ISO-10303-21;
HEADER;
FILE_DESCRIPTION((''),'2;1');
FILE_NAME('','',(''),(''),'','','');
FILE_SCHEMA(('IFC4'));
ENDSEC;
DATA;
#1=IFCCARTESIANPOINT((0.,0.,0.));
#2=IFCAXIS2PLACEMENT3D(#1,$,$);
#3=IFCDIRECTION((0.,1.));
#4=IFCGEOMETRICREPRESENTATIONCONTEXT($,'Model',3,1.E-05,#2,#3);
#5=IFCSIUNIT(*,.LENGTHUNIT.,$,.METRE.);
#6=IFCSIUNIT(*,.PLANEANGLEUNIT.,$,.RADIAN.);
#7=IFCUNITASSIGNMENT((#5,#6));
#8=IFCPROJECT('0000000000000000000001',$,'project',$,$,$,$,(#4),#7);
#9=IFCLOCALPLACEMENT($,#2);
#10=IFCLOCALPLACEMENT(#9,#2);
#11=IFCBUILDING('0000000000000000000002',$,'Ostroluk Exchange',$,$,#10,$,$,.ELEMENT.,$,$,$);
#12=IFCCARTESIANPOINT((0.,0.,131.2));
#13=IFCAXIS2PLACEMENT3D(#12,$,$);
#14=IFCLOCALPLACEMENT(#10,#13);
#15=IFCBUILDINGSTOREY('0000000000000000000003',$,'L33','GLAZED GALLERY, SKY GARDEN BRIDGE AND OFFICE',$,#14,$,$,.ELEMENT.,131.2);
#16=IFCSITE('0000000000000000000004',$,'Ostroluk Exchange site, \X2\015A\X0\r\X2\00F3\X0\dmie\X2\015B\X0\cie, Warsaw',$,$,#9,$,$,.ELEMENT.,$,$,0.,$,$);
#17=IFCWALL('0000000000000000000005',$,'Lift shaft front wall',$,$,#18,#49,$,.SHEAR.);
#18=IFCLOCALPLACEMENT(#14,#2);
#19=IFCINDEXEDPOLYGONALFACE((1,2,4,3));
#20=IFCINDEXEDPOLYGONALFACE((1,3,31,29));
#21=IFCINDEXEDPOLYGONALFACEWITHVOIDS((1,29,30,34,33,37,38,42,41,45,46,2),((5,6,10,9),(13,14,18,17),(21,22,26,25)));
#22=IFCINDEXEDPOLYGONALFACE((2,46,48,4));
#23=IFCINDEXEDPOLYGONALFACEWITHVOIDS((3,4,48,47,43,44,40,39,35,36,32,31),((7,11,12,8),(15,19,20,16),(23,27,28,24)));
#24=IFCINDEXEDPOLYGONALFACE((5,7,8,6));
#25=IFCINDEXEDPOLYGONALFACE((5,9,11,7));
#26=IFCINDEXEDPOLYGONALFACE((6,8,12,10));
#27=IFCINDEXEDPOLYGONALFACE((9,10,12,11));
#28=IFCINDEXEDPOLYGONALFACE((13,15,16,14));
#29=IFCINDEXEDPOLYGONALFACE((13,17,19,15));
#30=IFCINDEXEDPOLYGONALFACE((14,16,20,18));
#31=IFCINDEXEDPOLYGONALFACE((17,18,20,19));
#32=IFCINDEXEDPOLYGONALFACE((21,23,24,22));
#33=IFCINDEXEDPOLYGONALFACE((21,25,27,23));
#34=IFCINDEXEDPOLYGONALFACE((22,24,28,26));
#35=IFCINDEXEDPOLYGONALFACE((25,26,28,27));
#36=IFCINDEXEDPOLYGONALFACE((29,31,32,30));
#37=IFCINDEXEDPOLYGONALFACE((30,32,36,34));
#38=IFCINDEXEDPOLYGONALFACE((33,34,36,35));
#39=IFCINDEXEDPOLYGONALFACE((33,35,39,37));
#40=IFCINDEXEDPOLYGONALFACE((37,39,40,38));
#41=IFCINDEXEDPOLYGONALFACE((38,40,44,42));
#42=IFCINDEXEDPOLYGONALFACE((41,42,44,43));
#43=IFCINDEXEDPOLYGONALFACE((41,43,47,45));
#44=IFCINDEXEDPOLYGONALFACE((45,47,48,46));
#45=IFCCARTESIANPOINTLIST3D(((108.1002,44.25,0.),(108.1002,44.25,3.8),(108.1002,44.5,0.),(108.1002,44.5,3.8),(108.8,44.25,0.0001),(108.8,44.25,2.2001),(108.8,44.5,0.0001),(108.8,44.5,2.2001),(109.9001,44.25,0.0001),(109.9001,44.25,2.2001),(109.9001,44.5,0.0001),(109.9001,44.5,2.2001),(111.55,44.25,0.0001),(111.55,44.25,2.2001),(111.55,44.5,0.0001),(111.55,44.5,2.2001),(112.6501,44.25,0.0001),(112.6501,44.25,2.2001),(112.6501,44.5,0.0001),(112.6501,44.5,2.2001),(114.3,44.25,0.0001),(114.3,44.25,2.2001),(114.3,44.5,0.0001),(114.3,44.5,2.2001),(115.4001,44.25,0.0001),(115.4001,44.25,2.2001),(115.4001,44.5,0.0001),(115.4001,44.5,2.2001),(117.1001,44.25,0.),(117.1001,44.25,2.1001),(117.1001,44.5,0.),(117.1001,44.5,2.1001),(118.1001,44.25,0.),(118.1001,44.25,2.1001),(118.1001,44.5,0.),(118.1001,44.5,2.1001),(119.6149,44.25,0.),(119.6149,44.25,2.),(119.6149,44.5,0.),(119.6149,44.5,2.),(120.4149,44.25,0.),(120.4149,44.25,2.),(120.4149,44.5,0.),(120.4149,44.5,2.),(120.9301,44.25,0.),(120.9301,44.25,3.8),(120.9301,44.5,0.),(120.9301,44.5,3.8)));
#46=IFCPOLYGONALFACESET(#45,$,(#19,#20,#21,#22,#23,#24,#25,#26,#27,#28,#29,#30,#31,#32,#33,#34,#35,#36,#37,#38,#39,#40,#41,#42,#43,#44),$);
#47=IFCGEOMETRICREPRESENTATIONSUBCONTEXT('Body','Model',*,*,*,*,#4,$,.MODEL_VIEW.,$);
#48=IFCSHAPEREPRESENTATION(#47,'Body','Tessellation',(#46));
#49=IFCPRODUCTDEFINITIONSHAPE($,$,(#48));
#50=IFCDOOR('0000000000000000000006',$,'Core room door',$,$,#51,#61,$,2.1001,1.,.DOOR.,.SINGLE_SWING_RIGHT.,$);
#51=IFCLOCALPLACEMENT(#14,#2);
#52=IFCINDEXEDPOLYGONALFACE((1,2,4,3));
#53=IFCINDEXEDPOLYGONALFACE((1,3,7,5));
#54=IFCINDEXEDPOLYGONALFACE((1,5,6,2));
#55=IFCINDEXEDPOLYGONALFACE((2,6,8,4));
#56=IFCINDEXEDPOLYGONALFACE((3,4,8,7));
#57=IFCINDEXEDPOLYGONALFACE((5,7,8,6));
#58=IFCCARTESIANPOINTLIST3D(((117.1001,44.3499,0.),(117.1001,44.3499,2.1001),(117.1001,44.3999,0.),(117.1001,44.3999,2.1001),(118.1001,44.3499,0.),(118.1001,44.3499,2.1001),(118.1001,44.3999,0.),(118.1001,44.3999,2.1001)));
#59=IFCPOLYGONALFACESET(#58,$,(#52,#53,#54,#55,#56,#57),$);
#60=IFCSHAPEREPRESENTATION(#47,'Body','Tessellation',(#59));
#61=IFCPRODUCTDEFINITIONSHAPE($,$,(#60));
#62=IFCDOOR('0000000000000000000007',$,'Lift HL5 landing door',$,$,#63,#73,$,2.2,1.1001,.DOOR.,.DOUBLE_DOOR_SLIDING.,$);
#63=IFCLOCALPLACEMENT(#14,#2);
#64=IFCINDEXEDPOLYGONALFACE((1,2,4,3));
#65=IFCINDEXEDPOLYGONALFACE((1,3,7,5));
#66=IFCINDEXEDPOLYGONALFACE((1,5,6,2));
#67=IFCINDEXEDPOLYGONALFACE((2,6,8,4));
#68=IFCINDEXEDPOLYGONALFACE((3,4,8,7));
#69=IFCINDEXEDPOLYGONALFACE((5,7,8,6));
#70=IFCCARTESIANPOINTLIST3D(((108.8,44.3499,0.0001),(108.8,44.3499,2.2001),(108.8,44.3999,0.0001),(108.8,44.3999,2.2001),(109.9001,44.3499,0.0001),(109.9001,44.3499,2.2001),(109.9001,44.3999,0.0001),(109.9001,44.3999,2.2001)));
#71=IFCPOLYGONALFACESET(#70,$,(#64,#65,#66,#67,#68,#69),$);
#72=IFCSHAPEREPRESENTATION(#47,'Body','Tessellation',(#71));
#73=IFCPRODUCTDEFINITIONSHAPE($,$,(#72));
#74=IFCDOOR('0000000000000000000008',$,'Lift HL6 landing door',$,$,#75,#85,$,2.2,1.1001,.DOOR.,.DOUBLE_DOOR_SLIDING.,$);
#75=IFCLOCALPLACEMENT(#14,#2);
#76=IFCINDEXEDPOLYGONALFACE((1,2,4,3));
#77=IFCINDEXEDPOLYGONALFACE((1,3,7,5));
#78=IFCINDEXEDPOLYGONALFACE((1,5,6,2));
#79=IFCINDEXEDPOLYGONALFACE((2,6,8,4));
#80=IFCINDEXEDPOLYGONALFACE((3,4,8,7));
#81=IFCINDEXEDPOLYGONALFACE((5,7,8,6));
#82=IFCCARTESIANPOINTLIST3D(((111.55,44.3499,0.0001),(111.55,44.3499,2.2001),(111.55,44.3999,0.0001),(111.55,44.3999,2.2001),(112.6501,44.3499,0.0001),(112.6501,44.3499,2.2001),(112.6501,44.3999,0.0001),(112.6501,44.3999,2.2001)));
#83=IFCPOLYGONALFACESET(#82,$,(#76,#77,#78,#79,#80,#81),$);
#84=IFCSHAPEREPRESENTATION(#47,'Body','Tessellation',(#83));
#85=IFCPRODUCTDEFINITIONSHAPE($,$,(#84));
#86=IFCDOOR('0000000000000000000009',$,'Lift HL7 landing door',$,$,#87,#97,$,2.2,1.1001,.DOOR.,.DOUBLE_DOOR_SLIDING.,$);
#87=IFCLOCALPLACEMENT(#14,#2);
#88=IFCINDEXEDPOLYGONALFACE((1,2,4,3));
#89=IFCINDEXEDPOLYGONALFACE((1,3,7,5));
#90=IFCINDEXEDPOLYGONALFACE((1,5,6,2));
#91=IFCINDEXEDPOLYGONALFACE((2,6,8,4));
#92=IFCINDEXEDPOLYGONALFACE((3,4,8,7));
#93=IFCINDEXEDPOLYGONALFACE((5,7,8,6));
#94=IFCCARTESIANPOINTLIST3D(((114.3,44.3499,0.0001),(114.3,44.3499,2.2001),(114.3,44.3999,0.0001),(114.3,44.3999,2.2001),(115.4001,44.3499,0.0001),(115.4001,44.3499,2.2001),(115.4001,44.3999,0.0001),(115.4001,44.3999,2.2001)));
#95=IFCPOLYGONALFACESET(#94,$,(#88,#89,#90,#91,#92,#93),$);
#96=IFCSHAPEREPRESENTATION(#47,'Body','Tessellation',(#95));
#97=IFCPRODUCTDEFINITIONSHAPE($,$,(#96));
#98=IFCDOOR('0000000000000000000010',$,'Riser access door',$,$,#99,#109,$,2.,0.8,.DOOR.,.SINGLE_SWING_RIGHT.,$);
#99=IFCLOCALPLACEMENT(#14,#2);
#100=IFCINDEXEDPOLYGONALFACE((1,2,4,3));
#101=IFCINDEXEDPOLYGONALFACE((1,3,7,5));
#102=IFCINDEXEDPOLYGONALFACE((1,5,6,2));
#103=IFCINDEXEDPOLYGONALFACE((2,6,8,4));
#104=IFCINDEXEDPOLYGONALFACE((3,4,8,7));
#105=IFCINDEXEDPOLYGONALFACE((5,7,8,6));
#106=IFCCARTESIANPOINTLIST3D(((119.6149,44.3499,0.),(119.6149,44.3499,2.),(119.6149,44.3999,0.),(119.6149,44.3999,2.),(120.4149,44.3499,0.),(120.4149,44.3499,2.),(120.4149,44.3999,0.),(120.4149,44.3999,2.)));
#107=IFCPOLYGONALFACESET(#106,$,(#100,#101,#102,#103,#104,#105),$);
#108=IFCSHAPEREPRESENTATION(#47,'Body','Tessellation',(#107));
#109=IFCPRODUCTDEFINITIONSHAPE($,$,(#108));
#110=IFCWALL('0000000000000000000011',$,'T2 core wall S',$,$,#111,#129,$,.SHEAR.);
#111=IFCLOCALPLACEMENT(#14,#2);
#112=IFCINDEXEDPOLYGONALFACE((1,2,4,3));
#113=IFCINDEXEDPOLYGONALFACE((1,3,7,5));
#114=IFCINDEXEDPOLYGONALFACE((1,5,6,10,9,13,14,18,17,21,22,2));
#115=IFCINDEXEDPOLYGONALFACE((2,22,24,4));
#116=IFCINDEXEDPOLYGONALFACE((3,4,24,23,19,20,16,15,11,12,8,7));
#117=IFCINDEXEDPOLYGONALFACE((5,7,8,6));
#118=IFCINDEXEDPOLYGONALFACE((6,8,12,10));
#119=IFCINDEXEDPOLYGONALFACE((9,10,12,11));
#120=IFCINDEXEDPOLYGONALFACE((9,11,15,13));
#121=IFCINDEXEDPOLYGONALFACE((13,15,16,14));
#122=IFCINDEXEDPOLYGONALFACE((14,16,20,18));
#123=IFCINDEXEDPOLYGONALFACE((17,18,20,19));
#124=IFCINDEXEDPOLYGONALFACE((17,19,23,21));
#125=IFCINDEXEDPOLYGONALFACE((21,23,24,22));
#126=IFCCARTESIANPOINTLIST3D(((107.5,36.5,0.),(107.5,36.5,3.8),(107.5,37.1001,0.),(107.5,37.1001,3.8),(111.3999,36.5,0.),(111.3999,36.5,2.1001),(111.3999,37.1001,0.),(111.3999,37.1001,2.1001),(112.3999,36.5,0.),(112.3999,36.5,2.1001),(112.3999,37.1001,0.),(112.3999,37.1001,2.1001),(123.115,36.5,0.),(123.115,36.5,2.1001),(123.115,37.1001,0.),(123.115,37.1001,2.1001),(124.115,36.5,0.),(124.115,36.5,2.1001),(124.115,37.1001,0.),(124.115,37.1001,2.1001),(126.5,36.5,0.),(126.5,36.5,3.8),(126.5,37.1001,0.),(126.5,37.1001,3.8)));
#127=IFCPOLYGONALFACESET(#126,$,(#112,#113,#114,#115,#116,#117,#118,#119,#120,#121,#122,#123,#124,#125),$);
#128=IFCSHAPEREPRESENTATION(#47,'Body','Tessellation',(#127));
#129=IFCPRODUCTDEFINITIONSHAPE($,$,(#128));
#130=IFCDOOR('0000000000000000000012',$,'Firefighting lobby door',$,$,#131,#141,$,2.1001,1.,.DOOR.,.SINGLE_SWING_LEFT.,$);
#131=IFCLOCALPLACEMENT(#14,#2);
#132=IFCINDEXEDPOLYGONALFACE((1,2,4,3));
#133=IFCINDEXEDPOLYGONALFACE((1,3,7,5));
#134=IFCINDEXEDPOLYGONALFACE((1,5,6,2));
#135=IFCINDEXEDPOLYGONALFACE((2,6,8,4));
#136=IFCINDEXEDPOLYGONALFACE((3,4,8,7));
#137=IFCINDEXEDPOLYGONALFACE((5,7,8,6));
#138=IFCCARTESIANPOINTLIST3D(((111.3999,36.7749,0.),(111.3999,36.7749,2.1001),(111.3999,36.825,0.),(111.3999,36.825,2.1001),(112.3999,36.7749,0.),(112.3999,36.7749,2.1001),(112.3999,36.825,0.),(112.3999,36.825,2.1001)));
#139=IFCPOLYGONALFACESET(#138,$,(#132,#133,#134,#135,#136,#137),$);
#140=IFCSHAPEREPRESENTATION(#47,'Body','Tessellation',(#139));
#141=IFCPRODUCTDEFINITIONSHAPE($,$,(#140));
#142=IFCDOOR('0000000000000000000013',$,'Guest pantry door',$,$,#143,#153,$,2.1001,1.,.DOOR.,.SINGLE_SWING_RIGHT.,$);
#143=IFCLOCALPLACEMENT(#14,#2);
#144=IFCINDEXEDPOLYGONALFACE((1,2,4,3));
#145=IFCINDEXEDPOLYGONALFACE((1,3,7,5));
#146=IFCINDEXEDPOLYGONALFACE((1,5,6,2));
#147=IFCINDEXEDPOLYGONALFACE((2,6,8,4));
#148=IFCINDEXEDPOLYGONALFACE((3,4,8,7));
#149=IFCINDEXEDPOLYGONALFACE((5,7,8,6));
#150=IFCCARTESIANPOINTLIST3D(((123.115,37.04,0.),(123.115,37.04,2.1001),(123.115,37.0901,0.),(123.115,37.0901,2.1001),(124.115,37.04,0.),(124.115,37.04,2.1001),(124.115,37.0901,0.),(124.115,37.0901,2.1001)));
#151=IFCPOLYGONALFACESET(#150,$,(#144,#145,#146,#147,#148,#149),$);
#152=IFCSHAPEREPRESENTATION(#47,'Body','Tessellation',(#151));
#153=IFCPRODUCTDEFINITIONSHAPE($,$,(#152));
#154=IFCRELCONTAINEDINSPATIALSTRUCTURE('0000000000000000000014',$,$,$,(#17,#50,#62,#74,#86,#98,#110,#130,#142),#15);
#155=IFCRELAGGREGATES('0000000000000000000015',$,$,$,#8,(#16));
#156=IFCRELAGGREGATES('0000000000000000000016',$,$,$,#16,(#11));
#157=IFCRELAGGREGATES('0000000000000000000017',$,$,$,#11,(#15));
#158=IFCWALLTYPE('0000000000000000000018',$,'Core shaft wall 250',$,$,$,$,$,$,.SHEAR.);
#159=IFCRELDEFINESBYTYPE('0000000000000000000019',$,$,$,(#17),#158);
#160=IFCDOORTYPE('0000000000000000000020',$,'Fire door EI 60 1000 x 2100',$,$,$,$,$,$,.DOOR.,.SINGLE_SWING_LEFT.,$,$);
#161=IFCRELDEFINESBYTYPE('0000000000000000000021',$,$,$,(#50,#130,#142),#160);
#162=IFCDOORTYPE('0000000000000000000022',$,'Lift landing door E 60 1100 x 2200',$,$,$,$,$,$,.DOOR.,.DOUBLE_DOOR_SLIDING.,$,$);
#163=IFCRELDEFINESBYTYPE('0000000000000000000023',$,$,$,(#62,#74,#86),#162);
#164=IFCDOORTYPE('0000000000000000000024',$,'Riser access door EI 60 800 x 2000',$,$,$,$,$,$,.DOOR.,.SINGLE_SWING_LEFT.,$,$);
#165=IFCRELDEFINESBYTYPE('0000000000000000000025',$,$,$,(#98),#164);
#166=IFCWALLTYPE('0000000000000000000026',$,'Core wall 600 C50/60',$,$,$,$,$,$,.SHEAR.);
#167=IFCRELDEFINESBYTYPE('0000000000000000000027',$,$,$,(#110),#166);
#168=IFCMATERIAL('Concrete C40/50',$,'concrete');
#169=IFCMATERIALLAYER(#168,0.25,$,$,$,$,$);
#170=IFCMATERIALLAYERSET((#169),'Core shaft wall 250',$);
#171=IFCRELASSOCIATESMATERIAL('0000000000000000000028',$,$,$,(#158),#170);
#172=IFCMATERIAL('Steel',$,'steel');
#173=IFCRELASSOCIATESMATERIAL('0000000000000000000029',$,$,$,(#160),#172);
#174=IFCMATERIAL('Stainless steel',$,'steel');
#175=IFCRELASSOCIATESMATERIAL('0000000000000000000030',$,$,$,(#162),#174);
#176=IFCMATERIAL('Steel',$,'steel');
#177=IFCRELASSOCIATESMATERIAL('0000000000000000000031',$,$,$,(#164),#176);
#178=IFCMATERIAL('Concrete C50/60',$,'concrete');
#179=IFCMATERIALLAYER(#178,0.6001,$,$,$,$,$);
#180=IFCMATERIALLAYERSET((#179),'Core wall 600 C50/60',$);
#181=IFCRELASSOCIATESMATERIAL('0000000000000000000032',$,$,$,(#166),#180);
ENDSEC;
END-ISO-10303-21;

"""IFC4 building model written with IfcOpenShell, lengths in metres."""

from ifc_helpers import new_model, si_unit, direction, frame, frame_2d, origin, place, context, subcontext, project, spatial, rectangle, extrude, material, layer, layer_set, type_object, element, fill, save


model = new_model("IFC4")

# Units and contexts
model_context = context("Model", 3, precision=1e-05, world=origin(), true_north=direction((0.0, 1.0)))
body_context = subcontext(model_context, "Body", "Model", "MODEL_VIEW")
ifc_project = project(units=[si_unit("LENGTHUNIT", "METRE"), si_unit("PLANEANGLEUNIT", "RADIAN")], contexts=[model_context])

# Site, building, storey
site_placement = place(None, origin())
site = spatial("IfcSite", under=ifc_project, at=site_placement, Name="Ostroluk Exchange site, Śródmieście, Warsaw", CompositionType="ELEMENT", RefElevation=0.0)
building_placement = place(site_placement, origin())
building = spatial("IfcBuilding", under=site, at=building_placement, Name="Ostroluk Exchange", CompositionType="ELEMENT")
storey_placement = place(building_placement, frame((0.0, 0.0, 131.2)))
storey = spatial("IfcBuildingStorey", under=building, at=storey_placement, Name="L33", Description="GLAZED GALLERY, SKY GARDEN BRIDGE AND OFFICE", CompositionType="ELEMENT", Elevation=131.2)

# Shared definitions
ifc_material_1 = material(Name="Concrete C40/50", Category="concrete")
ifc_layer_1 = layer(ifc_material_1, 0.25)
ifc_layer_set_1 = layer_set([ifc_layer_1], Name="Core shaft wall 250")
wall_type_1 = type_object("IfcWallType", Name="Core shaft wall 250", PredefinedType="SHEAR", material=ifc_layer_set_1)

# Walls, openings, doors
wall_1_placement = place(storey_placement, frame((108.1001, 44.375, 0.0), z_axis=(0.0, 0.0, 1.0), x_axis=(1.0, 0.0, 0.0)))
wall_1 = element("IfcWall", 1, at=wall_1_placement, inside=storey, type_object=wall_type_1, Name="Lift shaft front wall", PredefinedType="SHEAR", context=body_context, shape_type="SweptSolid", body=[
    extrude(rectangle(XDim=12.8298, YDim=0.25, at=frame_2d((6.415, 0.0))), origin(), (0.0, 0.0, 1.0), 3.8),
])
opening_1_placement = place(wall_1_placement, frame((0.7, 0.0, 0.0)))
opening_1 = element("IfcOpeningElement", 2, at=opening_1_placement, cuts=wall_1, PredefinedType="OPENING", context=body_context, shape_type="SweptSolid", body=[
    extrude(rectangle(XDim=1.1001, YDim=2.2, at=frame_2d((0.55, 1.1001))), frame((0.0, 0.135, 0.0), z_axis=(0.0, -1.0, 0.0), x_axis=(1.0, 0.0, 0.0)), (0.0, 0.0, 1.0), 0.27),
])
opening_2_placement = place(wall_1_placement, frame((3.45, 0.0, 0.0)))
opening_2 = element("IfcOpeningElement", 3, at=opening_2_placement, cuts=wall_1, PredefinedType="OPENING", context=body_context, shape_type="SweptSolid", body=[
    extrude(rectangle(XDim=1.1001, YDim=2.2, at=frame_2d((0.55, 1.1001))), frame((0.0, 0.135, 0.0), z_axis=(0.0, -1.0, 0.0), x_axis=(1.0, 0.0, 0.0)), (0.0, 0.0, 1.0), 0.27),
])
opening_3_placement = place(wall_1_placement, frame((6.2, 0.0, 0.0)))
opening_3 = element("IfcOpeningElement", 4, at=opening_3_placement, cuts=wall_1, PredefinedType="OPENING", context=body_context, shape_type="SweptSolid", body=[
    extrude(rectangle(XDim=1.1001, YDim=2.2, at=frame_2d((0.55, 1.1001))), frame((0.0, 0.135, 0.0), z_axis=(0.0, -1.0, 0.0), x_axis=(1.0, 0.0, 0.0)), (0.0, 0.0, 1.0), 0.27),
])
opening_4_placement = place(wall_1_placement, frame((9.0, 0.0, 0.0)))
opening_4 = element("IfcOpeningElement", 5, at=opening_4_placement, cuts=wall_1, PredefinedType="OPENING", context=body_context, shape_type="SweptSolid", body=[
    extrude(rectangle(XDim=1.0, YDim=2.1001, at=frame_2d((0.5, 1.05))), frame((0.0, 0.135, 0.0), z_axis=(0.0, -1.0, 0.0), x_axis=(1.0, 0.0, 0.0)), (0.0, 0.0, 1.0), 0.27),
])
opening_5_placement = place(wall_1_placement, frame((11.5149, 0.0, 0.0)))
opening_5 = element("IfcOpeningElement", 6, at=opening_5_placement, cuts=wall_1, PredefinedType="OPENING", context=body_context, shape_type="SweptSolid", body=[
    extrude(rectangle(XDim=0.8, YDim=2.0, at=frame_2d((0.3999, 1.0))), frame((0.0, 0.135, 0.0), z_axis=(0.0, -1.0, 0.0), x_axis=(1.0, 0.0, 0.0)), (0.0, 0.0, 1.0), 0.27),
])
ifc_material_2 = material(Name="Steel", Category="steel")
door_type_1 = type_object("IfcDoorType", Name="Fire door EI 60 1000 x 2100", OperationType="SINGLE_SWING_LEFT", PredefinedType="DOOR", material=ifc_material_2)
door_1_placement = place(opening_4_placement, origin())
door_1 = element("IfcDoor", 7, at=door_1_placement, inside=storey, type_object=door_type_1, Name="Core room door", OperationType="SINGLE_SWING_RIGHT", OverallHeight=2.1001, OverallWidth=1.0, PredefinedType="DOOR", context=body_context, shape_type="SweptSolid", body=[
    extrude(rectangle(XDim=1.0, YDim=2.1001, at=frame_2d((0.5, 1.05))), frame((0.0, 0.0249, 0.0), z_axis=(0.0, -1.0, 0.0), x_axis=(1.0, 0.0, 0.0)), (0.0, 0.0, 1.0), 0.05),
])
fill(opening_4, door_1)
ifc_material_3 = material(Name="Stainless steel", Category="steel")
door_type_2 = type_object("IfcDoorType", Name="Lift landing door E 60 1100 x 2200", OperationType="DOUBLE_DOOR_SLIDING", PredefinedType="DOOR", material=ifc_material_3)
door_2_placement = place(opening_1_placement, origin())
door_2 = element("IfcDoor", 8, at=door_2_placement, inside=storey, type_object=door_type_2, Name="Lift HL5 landing door", OperationType="DOUBLE_DOOR_SLIDING", OverallHeight=2.2, OverallWidth=1.1001, PredefinedType="DOOR", context=body_context, shape_type="SweptSolid", body=[
    extrude(rectangle(XDim=1.1001, YDim=2.2, at=frame_2d((0.55, 1.1001))), frame((0.0, 0.0249, 0.0), z_axis=(0.0, -1.0, 0.0), x_axis=(1.0, 0.0, 0.0)), (0.0, 0.0, 1.0), 0.05),
])
fill(opening_1, door_2)
door_3_placement = place(opening_2_placement, origin())
door_3 = element("IfcDoor", 9, at=door_3_placement, inside=storey, type_object=door_type_2, Name="Lift HL6 landing door", OperationType="DOUBLE_DOOR_SLIDING", OverallHeight=2.2, OverallWidth=1.1001, PredefinedType="DOOR", context=body_context, shape_type="SweptSolid", body=[
    extrude(rectangle(XDim=1.1001, YDim=2.2, at=frame_2d((0.55, 1.1001))), frame((0.0, 0.0249, 0.0), z_axis=(0.0, -1.0, 0.0), x_axis=(1.0, 0.0, 0.0)), (0.0, 0.0, 1.0), 0.05),
])
fill(opening_2, door_3)
door_4_placement = place(opening_3_placement, origin())
door_4 = element("IfcDoor", 10, at=door_4_placement, inside=storey, type_object=door_type_2, Name="Lift HL7 landing door", OperationType="DOUBLE_DOOR_SLIDING", OverallHeight=2.2, OverallWidth=1.1001, PredefinedType="DOOR", context=body_context, shape_type="SweptSolid", body=[
    extrude(rectangle(XDim=1.1001, YDim=2.2, at=frame_2d((0.55, 1.1001))), frame((0.0, 0.0249, 0.0), z_axis=(0.0, -1.0, 0.0), x_axis=(1.0, 0.0, 0.0)), (0.0, 0.0, 1.0), 0.05),
])
fill(opening_3, door_4)
ifc_material_4 = material(Name="Steel", Category="steel")
door_type_3 = type_object("IfcDoorType", Name="Riser access door EI 60 800 x 2000", OperationType="SINGLE_SWING_LEFT", PredefinedType="DOOR", material=ifc_material_4)
door_5_placement = place(opening_5_placement, origin())
door_5 = element("IfcDoor", 11, at=door_5_placement, inside=storey, type_object=door_type_3, Name="Riser access door", OperationType="SINGLE_SWING_RIGHT", OverallHeight=2.0, OverallWidth=0.8, PredefinedType="DOOR", context=body_context, shape_type="SweptSolid", body=[
    extrude(rectangle(XDim=0.8, YDim=2.0, at=frame_2d((0.3999, 1.0))), frame((0.0, 0.0249, 0.0), z_axis=(0.0, -1.0, 0.0), x_axis=(1.0, 0.0, 0.0)), (0.0, 0.0, 1.0), 0.05),
])
fill(opening_5, door_5)
ifc_material_5 = material(Name="Concrete C50/60", Category="concrete")
ifc_layer_2 = layer(ifc_material_5, 0.6001)
ifc_layer_set_2 = layer_set([ifc_layer_2], Name="Core wall 600 C50/60")
wall_type_2 = type_object("IfcWallType", Name="Core wall 600 C50/60", PredefinedType="SHEAR", material=ifc_layer_set_2)
wall_2_placement = place(storey_placement, frame((107.5, 36.8, 0.0), z_axis=(0.0, 0.0, 1.0), x_axis=(1.0, 0.0, 0.0)))
wall_2 = element("IfcWall", 12, at=wall_2_placement, inside=storey, type_object=wall_type_2, Name="T2 core wall S", PredefinedType="SHEAR", context=body_context, shape_type="SweptSolid", body=[
    extrude(rectangle(XDim=19.0, YDim=0.6001, at=frame_2d((9.5, 0.0))), origin(), (0.0, 0.0, 1.0), 3.8),
])
opening_6_placement = place(wall_2_placement, frame((3.8999, 0.0, 0.0)))
opening_6 = element("IfcOpeningElement", 13, at=opening_6_placement, cuts=wall_2, PredefinedType="OPENING", context=body_context, shape_type="SweptSolid", body=[
    extrude(rectangle(XDim=1.0, YDim=2.1001, at=frame_2d((0.5, 1.05))), frame((0.0, 0.3101, 0.0), z_axis=(0.0, -1.0, 0.0), x_axis=(1.0, 0.0, 0.0)), (0.0, 0.0, 1.0), 0.6201),
])
opening_7_placement = place(wall_2_placement, frame((15.615, 0.0, 0.0)))
opening_7 = element("IfcOpeningElement", 14, at=opening_7_placement, cuts=wall_2, PredefinedType="OPENING", context=body_context, shape_type="SweptSolid", body=[
    extrude(rectangle(XDim=1.0, YDim=2.1001, at=frame_2d((0.5, 1.05))), frame((0.0, 0.3101, 0.0), z_axis=(0.0, -1.0, 0.0), x_axis=(1.0, 0.0, 0.0)), (0.0, 0.0, 1.0), 0.6201),
])
door_6_placement = place(opening_6_placement, origin())
door_6 = element("IfcDoor", 15, at=door_6_placement, inside=storey, type_object=door_type_1, Name="Firefighting lobby door", OperationType="SINGLE_SWING_LEFT", OverallHeight=2.1001, OverallWidth=1.0, PredefinedType="DOOR", context=body_context, shape_type="SweptSolid", body=[
    extrude(rectangle(XDim=1.0, YDim=2.1001, at=frame_2d((0.5, 1.05))), frame((0.0, 0.0249, 0.0), z_axis=(0.0, -1.0, 0.0), x_axis=(1.0, 0.0, 0.0)), (0.0, 0.0, 1.0), 0.05),
])
fill(opening_6, door_6)
door_7_placement = place(opening_7_placement, origin())
door_7 = element("IfcDoor", 16, at=door_7_placement, inside=storey, type_object=door_type_1, Name="Guest pantry door", OperationType="SINGLE_SWING_RIGHT", OverallHeight=2.1001, OverallWidth=1.0, PredefinedType="DOOR", context=body_context, shape_type="SweptSolid", body=[
    extrude(rectangle(XDim=1.0, YDim=2.1001, at=frame_2d((0.5, 1.05))), frame((0.0, 0.29, 0.0), z_axis=(0.0, -1.0, 0.0), x_axis=(1.0, 0.0, 0.0)), (0.0, 0.0, 1.0), 0.05),
])
fill(opening_7, door_7)

save(model, "model.ifc")
